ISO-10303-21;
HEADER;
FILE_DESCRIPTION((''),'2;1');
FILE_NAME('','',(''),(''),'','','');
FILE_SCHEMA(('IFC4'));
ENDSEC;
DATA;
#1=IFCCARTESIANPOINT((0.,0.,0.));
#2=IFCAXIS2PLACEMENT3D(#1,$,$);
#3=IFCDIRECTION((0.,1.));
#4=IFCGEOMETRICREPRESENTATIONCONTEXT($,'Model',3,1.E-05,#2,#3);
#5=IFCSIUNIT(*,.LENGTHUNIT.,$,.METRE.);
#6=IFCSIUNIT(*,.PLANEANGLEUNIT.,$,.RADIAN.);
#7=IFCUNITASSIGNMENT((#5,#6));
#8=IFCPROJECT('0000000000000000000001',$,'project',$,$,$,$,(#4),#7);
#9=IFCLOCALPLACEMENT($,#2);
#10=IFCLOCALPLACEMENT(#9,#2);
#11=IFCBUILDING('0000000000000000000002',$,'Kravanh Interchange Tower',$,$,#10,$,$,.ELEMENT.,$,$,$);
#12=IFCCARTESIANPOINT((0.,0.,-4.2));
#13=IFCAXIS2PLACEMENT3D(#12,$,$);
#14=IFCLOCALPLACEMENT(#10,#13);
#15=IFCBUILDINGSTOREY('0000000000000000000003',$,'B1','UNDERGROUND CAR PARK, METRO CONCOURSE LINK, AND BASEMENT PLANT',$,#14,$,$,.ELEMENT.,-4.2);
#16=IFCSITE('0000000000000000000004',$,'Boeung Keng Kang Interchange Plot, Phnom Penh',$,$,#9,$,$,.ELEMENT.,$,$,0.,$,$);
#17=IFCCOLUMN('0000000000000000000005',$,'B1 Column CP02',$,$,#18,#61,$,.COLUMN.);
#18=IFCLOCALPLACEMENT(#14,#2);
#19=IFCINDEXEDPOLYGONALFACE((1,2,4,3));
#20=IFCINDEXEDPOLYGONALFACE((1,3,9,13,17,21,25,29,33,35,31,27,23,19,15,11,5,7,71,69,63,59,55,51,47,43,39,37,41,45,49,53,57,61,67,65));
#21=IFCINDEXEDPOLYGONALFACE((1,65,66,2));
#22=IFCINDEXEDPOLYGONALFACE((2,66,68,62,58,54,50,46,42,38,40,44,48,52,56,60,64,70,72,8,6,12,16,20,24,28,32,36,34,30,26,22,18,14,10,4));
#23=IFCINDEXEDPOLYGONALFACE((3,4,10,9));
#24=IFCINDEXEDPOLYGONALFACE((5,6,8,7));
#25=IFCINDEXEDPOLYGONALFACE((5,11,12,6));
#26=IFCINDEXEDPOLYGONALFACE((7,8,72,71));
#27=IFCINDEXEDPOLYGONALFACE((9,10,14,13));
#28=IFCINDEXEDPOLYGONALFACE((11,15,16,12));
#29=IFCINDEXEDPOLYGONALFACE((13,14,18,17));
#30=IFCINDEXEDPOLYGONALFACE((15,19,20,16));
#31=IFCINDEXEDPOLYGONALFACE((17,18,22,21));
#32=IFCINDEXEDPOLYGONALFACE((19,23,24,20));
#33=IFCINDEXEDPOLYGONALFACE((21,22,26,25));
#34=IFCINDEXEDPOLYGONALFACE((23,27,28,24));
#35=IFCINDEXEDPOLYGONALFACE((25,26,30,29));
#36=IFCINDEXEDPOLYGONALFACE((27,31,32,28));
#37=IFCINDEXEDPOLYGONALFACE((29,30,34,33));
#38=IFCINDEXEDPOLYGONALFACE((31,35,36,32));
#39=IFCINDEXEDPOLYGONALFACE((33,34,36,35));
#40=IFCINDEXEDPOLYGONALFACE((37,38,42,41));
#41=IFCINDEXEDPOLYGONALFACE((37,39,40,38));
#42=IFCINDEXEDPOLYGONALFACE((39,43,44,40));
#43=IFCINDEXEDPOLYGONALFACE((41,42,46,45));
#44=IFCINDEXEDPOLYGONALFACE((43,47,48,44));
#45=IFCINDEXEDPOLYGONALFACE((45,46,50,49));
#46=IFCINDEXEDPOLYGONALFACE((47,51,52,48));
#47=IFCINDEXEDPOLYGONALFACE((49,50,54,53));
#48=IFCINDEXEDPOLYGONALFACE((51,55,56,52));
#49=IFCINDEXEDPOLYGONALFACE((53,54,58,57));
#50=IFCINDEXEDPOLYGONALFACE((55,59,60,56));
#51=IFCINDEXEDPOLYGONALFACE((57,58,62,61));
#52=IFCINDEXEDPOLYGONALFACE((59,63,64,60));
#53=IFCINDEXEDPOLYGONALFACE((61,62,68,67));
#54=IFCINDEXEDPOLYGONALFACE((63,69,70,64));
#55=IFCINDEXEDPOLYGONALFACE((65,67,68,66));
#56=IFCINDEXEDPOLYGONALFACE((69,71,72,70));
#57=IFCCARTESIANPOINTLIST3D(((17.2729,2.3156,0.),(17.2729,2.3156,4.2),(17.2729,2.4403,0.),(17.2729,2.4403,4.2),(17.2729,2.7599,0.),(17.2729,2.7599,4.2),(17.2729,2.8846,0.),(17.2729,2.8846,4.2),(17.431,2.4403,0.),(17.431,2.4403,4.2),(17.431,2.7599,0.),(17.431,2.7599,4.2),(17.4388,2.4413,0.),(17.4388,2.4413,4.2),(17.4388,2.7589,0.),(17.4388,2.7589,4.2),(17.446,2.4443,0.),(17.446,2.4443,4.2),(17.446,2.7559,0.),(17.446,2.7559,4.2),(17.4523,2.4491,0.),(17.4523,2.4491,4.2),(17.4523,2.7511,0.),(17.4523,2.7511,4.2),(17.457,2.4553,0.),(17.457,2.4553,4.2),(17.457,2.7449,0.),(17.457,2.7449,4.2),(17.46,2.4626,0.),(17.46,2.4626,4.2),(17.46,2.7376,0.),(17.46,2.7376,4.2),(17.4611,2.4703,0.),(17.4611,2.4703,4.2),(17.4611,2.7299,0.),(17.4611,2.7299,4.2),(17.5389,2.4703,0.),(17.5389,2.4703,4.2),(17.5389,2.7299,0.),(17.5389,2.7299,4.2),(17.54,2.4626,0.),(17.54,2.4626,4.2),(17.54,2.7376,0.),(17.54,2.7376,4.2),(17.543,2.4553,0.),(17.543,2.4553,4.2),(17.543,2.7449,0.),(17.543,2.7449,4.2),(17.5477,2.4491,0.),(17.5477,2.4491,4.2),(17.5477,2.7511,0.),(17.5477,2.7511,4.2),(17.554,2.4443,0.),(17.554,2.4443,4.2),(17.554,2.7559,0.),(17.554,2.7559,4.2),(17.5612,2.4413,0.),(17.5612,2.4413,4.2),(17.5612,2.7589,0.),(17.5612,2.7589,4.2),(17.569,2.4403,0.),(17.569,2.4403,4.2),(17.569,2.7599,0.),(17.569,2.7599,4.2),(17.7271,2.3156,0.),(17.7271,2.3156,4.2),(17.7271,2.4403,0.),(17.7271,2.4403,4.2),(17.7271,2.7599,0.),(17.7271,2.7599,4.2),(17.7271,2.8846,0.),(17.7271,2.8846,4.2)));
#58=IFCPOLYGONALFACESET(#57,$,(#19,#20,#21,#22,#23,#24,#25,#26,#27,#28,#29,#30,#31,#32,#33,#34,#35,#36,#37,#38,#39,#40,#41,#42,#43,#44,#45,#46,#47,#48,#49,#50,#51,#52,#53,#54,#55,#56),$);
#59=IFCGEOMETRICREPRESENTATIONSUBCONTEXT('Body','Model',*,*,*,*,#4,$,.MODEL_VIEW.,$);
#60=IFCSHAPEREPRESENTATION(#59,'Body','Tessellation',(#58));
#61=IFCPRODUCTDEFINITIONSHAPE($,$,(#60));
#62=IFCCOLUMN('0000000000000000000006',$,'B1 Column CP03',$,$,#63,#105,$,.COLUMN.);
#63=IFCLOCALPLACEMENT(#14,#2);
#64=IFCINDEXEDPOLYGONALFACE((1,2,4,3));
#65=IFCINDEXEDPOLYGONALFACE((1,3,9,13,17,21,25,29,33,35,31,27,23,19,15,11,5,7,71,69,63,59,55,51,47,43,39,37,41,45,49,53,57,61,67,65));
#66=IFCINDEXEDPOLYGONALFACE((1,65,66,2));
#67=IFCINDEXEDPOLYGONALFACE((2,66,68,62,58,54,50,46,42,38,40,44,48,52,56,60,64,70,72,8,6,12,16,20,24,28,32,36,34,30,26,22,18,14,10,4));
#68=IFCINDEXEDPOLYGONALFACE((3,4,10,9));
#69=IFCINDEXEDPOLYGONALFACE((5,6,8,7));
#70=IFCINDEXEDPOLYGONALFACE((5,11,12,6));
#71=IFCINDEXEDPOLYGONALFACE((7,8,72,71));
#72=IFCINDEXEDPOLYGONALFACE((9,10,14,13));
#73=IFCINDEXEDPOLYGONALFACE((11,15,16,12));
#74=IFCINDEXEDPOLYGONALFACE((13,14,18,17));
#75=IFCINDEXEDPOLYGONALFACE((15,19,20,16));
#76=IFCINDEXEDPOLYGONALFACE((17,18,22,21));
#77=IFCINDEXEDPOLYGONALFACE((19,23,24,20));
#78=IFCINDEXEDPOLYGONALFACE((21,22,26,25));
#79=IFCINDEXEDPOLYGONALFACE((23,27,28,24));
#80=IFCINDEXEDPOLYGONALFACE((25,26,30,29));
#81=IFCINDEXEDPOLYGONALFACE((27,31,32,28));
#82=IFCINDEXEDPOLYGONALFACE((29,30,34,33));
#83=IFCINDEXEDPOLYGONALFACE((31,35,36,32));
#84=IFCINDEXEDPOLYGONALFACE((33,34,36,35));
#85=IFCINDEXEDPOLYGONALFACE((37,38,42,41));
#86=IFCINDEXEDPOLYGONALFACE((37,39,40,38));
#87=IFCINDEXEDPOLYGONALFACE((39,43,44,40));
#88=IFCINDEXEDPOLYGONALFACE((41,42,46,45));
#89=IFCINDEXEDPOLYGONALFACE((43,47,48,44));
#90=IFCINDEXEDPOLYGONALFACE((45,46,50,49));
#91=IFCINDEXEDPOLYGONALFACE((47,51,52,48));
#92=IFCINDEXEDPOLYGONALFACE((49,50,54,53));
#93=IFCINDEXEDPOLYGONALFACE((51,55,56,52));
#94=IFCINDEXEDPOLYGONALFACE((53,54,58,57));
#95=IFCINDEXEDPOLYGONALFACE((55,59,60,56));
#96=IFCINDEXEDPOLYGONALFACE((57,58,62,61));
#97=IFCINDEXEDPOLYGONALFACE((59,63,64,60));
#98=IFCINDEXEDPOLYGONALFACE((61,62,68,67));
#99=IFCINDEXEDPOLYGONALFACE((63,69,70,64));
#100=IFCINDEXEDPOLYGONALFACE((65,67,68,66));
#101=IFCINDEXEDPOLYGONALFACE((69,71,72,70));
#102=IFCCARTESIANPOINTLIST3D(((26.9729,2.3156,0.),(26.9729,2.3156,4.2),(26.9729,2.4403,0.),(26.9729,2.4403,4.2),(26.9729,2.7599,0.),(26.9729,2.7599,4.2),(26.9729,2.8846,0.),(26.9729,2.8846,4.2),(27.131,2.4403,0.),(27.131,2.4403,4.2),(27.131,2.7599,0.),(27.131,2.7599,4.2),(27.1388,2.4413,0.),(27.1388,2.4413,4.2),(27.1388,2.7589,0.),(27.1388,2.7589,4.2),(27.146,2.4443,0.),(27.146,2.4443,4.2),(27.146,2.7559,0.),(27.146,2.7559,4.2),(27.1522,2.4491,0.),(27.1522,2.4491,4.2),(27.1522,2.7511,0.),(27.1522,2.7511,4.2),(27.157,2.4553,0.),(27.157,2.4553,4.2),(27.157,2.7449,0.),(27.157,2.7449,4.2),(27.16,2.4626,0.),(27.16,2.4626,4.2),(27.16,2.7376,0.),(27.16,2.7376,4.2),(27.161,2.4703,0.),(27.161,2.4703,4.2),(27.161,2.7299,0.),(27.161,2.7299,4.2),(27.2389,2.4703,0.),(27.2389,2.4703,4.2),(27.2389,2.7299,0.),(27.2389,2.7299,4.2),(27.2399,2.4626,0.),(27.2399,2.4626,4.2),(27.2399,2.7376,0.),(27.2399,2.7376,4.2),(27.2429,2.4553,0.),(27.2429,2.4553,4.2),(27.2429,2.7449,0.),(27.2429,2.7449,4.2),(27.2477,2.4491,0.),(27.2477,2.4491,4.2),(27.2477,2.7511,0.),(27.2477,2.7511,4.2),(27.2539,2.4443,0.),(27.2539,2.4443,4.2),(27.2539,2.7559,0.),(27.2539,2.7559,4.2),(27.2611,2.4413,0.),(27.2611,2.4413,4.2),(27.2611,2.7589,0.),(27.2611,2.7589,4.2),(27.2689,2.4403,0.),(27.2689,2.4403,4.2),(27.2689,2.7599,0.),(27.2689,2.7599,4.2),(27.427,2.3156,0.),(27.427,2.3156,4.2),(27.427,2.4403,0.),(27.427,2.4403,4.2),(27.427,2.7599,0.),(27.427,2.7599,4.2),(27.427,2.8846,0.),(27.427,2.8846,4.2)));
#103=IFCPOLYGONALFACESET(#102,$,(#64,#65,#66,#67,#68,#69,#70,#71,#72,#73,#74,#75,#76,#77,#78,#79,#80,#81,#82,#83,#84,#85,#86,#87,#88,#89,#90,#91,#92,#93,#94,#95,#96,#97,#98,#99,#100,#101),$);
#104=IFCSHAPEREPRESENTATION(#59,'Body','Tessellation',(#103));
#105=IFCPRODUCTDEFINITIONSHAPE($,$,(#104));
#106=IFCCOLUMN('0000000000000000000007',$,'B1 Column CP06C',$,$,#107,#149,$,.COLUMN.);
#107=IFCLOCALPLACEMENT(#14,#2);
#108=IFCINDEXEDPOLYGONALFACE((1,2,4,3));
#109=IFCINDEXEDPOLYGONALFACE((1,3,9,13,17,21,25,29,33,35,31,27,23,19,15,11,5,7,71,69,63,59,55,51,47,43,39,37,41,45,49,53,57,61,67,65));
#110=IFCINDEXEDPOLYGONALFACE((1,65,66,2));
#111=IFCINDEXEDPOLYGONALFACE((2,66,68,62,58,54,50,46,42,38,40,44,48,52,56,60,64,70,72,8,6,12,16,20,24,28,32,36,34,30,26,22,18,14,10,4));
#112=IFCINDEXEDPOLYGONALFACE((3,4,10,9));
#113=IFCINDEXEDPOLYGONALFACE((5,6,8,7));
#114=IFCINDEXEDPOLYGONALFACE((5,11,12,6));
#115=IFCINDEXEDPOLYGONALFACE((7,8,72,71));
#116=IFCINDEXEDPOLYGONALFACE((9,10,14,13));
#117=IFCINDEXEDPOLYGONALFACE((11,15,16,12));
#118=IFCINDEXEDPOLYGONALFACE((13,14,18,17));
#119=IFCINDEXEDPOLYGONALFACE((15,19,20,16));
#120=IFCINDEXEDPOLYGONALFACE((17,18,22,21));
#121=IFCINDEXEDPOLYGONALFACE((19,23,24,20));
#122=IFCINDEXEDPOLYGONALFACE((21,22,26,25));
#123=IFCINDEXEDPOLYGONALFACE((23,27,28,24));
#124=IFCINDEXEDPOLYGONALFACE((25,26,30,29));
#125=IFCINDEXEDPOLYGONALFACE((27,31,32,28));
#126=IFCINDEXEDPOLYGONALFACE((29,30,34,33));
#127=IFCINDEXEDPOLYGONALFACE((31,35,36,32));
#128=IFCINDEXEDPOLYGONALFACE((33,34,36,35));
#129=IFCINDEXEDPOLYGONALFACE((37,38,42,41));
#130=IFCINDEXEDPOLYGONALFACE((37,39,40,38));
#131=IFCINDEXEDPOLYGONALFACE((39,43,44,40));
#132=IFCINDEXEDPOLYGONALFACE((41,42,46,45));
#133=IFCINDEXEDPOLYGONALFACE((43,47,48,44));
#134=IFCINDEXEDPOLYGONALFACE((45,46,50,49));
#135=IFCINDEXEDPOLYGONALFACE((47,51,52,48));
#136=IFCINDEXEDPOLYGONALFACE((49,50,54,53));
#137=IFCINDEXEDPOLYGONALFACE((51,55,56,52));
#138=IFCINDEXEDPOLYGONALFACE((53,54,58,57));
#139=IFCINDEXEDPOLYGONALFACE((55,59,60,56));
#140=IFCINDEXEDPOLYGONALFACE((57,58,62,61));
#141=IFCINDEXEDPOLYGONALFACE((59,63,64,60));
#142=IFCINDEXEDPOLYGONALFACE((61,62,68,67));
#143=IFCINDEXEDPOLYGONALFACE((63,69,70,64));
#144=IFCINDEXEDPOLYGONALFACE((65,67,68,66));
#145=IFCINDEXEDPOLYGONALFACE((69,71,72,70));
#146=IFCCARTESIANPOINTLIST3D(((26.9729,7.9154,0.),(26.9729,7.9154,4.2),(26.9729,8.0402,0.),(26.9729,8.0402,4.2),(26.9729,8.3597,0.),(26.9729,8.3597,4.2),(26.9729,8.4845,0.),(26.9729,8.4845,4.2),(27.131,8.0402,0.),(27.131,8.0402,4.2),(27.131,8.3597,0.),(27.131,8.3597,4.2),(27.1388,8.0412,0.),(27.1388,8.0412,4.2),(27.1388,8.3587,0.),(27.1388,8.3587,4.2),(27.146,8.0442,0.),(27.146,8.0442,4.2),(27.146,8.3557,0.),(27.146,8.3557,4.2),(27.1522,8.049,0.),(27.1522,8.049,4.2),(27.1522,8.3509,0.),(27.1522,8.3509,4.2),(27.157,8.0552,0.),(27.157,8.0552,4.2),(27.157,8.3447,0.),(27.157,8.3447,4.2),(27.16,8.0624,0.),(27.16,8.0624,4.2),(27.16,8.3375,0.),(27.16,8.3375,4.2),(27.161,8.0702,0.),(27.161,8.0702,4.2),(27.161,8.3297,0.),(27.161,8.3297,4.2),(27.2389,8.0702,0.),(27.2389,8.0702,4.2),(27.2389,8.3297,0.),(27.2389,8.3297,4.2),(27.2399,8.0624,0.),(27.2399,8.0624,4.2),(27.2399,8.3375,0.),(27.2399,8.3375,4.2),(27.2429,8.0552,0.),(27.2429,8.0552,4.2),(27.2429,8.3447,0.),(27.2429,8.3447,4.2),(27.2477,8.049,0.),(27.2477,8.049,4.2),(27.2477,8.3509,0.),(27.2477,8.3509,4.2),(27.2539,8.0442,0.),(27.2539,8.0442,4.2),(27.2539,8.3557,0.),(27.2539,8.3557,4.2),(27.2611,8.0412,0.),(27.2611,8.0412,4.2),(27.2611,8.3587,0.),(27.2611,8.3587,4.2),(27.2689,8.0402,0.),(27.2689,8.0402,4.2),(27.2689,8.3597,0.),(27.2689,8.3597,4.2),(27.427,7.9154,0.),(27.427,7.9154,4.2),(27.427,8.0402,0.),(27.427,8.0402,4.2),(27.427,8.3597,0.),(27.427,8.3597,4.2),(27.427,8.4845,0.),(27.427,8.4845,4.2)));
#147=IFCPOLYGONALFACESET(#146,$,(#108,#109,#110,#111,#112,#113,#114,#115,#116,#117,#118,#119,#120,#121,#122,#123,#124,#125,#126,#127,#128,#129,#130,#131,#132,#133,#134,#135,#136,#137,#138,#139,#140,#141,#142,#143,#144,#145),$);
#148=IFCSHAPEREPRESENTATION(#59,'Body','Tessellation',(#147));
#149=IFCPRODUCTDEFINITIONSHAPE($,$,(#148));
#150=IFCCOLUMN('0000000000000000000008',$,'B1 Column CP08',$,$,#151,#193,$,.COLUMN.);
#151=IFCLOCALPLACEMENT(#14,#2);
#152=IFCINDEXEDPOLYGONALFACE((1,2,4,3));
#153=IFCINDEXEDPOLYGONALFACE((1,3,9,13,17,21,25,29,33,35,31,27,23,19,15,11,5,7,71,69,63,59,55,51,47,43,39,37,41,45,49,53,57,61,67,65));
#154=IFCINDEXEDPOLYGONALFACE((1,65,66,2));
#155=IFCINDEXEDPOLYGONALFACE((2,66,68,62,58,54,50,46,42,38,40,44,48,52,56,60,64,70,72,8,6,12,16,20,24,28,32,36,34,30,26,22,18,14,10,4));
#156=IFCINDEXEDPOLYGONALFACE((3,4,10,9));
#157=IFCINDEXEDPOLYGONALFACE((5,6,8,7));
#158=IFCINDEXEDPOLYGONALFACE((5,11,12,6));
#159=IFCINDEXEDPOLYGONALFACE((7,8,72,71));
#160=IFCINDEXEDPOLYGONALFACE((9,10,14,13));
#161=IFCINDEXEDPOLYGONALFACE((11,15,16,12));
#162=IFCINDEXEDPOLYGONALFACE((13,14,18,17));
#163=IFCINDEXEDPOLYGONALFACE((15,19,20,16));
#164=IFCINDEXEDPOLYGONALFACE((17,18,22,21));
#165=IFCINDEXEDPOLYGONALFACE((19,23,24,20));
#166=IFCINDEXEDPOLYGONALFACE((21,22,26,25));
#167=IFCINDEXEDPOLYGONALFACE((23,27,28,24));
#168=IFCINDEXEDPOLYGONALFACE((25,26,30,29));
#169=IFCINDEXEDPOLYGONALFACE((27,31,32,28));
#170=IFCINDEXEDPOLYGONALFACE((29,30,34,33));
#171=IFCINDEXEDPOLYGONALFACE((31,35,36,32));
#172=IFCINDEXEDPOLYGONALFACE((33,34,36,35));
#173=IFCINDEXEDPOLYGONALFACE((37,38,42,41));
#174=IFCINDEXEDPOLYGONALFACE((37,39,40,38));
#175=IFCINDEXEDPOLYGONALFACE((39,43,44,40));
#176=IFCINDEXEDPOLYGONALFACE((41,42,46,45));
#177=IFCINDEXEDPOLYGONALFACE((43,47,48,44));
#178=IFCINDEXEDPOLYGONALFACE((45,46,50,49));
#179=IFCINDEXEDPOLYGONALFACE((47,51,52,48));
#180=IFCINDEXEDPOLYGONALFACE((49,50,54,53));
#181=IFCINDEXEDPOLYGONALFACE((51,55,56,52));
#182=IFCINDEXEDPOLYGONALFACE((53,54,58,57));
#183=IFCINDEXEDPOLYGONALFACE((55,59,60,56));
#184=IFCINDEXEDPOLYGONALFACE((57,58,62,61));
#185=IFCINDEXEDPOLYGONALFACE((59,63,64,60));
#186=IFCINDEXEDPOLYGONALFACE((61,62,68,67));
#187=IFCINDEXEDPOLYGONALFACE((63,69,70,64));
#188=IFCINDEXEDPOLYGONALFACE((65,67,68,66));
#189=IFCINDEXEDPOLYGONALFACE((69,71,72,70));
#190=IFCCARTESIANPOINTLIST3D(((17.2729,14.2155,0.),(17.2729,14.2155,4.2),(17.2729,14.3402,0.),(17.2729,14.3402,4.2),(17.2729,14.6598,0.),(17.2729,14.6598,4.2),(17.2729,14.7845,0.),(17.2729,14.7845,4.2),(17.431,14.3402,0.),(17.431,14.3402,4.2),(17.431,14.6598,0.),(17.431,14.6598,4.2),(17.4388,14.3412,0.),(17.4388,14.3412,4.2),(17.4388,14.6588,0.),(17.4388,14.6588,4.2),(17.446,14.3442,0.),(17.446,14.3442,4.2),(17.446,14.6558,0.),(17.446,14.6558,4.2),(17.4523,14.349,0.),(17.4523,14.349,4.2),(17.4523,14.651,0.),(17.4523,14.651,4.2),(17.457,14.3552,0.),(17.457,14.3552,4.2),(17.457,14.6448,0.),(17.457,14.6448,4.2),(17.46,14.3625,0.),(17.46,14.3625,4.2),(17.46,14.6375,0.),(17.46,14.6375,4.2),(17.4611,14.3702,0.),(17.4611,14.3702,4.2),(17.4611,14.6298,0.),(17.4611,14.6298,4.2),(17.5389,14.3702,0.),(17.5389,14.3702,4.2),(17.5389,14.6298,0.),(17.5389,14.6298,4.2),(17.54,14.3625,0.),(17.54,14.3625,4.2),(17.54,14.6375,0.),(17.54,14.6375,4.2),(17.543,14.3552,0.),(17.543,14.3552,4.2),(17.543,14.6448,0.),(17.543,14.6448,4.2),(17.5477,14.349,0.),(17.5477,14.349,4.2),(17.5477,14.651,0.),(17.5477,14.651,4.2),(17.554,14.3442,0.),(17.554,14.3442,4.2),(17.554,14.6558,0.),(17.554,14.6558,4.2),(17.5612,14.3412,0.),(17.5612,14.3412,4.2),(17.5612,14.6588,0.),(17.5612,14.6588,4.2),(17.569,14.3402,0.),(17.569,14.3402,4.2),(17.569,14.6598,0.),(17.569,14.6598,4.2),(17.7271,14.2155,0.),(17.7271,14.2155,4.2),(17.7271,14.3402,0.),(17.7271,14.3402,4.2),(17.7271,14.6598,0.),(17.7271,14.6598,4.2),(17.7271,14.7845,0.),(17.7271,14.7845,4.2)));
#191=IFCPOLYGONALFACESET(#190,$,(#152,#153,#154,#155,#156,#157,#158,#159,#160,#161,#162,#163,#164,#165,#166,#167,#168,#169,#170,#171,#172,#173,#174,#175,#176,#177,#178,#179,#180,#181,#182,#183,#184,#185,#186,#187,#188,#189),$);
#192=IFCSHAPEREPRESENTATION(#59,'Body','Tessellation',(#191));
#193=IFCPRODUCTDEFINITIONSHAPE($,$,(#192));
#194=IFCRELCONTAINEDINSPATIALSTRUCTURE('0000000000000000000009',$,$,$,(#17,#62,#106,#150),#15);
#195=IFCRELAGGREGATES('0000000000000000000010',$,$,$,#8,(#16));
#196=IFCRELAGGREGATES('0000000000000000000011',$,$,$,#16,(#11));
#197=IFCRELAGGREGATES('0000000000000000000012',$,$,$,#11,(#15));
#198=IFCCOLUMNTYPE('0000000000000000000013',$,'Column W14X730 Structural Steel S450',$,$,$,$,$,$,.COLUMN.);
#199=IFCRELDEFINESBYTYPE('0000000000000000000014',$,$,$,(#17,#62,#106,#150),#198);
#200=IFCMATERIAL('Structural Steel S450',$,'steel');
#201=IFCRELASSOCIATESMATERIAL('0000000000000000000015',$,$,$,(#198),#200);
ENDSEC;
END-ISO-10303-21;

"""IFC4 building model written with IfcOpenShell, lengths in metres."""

from ifc_helpers import new_model, si_unit, direction, frame, origin, origin_2d, place, context, subcontext, project, spatial, i_section, extrude, material, material_profile, profile_set, type_object, element, save


model = new_model("IFC4")

# Units and contexts
model_context = context("Model", 3, precision=1e-05, world=origin(), true_north=direction((0.0, 1.0)))
body_context = subcontext(model_context, "Body", "Model", "MODEL_VIEW")
ifc_project = project(units=[si_unit("LENGTHUNIT", "METRE"), si_unit("PLANEANGLEUNIT", "RADIAN")], contexts=[model_context])

# Site, building, storey
site_placement = place(None, origin())
site = spatial("IfcSite", under=ifc_project, at=site_placement, Name="Boeung Keng Kang Interchange Plot, Phnom Penh", CompositionType="ELEMENT", RefElevation=0.0)
building_placement = place(site_placement, origin())
building = spatial("IfcBuilding", under=site, at=building_placement, Name="Kravanh Interchange Tower", CompositionType="ELEMENT")
storey_placement = place(building_placement, frame((0.0, 0.0, -4.2)))
storey = spatial("IfcBuildingStorey", under=building, at=storey_placement, Name="B1", Description="UNDERGROUND CAR PARK, METRO CONCOURSE LINK, AND BASEMENT PLANT", CompositionType="ELEMENT", Elevation=-4.2)

# Columns
ifc_material_1 = material(Name="Structural Steel S450", Category="steel")
ifc_material_profile_1 = material_profile(ifc_material_1, i_section(OverallWidth=0.4541, OverallDepth=0.5691, WebThickness=0.0779, FlangeThickness=0.1248, FilletRadius=0.03, at=origin_2d()), Name="W14X730")
ifc_profile_set_1 = profile_set([ifc_material_profile_1], Name="Structural Steel S450")
column_type = type_object("IfcColumnType", Name="Column W14X730 Structural Steel S450", PredefinedType="COLUMN", material=ifc_profile_set_1)
for number, where, z_axis, x_axis, name in (
    (1, (17.5, 2.6001, 0.0), (0.0, 0.0, 1.0), (1.0, 0.0, 0.0), "B1 Column CP02"),
    (2, (27.2, 2.6001, 0.0), (0.0, 0.0, 1.0), (1.0, 0.0, 0.0), "B1 Column CP03"),
    (3, (27.2, 8.2, 0.0), (0.0, 0.0, 1.0), (1.0, 0.0, 0.0), "B1 Column CP06C"),
    (4, (17.5, 14.5, 0.0), (0.0, 0.0, 1.0), (1.0, 0.0, 0.0), "B1 Column CP08"),
):
    element("IfcColumn", number, at=place(storey_placement, frame(where, z_axis=z_axis, x_axis=x_axis)), inside=storey, type_object=column_type, Name=name, PredefinedType="COLUMN", context=body_context, shape_type="SweptSolid", body=[
        extrude(i_section(OverallWidth=0.4541, OverallDepth=0.5691, WebThickness=0.0779, FlangeThickness=0.1248, FilletRadius=0.03, at=origin_2d()), origin(), (0.0, 0.0, 1.0), 4.2),
    ])

save(model, "model.ifc")
